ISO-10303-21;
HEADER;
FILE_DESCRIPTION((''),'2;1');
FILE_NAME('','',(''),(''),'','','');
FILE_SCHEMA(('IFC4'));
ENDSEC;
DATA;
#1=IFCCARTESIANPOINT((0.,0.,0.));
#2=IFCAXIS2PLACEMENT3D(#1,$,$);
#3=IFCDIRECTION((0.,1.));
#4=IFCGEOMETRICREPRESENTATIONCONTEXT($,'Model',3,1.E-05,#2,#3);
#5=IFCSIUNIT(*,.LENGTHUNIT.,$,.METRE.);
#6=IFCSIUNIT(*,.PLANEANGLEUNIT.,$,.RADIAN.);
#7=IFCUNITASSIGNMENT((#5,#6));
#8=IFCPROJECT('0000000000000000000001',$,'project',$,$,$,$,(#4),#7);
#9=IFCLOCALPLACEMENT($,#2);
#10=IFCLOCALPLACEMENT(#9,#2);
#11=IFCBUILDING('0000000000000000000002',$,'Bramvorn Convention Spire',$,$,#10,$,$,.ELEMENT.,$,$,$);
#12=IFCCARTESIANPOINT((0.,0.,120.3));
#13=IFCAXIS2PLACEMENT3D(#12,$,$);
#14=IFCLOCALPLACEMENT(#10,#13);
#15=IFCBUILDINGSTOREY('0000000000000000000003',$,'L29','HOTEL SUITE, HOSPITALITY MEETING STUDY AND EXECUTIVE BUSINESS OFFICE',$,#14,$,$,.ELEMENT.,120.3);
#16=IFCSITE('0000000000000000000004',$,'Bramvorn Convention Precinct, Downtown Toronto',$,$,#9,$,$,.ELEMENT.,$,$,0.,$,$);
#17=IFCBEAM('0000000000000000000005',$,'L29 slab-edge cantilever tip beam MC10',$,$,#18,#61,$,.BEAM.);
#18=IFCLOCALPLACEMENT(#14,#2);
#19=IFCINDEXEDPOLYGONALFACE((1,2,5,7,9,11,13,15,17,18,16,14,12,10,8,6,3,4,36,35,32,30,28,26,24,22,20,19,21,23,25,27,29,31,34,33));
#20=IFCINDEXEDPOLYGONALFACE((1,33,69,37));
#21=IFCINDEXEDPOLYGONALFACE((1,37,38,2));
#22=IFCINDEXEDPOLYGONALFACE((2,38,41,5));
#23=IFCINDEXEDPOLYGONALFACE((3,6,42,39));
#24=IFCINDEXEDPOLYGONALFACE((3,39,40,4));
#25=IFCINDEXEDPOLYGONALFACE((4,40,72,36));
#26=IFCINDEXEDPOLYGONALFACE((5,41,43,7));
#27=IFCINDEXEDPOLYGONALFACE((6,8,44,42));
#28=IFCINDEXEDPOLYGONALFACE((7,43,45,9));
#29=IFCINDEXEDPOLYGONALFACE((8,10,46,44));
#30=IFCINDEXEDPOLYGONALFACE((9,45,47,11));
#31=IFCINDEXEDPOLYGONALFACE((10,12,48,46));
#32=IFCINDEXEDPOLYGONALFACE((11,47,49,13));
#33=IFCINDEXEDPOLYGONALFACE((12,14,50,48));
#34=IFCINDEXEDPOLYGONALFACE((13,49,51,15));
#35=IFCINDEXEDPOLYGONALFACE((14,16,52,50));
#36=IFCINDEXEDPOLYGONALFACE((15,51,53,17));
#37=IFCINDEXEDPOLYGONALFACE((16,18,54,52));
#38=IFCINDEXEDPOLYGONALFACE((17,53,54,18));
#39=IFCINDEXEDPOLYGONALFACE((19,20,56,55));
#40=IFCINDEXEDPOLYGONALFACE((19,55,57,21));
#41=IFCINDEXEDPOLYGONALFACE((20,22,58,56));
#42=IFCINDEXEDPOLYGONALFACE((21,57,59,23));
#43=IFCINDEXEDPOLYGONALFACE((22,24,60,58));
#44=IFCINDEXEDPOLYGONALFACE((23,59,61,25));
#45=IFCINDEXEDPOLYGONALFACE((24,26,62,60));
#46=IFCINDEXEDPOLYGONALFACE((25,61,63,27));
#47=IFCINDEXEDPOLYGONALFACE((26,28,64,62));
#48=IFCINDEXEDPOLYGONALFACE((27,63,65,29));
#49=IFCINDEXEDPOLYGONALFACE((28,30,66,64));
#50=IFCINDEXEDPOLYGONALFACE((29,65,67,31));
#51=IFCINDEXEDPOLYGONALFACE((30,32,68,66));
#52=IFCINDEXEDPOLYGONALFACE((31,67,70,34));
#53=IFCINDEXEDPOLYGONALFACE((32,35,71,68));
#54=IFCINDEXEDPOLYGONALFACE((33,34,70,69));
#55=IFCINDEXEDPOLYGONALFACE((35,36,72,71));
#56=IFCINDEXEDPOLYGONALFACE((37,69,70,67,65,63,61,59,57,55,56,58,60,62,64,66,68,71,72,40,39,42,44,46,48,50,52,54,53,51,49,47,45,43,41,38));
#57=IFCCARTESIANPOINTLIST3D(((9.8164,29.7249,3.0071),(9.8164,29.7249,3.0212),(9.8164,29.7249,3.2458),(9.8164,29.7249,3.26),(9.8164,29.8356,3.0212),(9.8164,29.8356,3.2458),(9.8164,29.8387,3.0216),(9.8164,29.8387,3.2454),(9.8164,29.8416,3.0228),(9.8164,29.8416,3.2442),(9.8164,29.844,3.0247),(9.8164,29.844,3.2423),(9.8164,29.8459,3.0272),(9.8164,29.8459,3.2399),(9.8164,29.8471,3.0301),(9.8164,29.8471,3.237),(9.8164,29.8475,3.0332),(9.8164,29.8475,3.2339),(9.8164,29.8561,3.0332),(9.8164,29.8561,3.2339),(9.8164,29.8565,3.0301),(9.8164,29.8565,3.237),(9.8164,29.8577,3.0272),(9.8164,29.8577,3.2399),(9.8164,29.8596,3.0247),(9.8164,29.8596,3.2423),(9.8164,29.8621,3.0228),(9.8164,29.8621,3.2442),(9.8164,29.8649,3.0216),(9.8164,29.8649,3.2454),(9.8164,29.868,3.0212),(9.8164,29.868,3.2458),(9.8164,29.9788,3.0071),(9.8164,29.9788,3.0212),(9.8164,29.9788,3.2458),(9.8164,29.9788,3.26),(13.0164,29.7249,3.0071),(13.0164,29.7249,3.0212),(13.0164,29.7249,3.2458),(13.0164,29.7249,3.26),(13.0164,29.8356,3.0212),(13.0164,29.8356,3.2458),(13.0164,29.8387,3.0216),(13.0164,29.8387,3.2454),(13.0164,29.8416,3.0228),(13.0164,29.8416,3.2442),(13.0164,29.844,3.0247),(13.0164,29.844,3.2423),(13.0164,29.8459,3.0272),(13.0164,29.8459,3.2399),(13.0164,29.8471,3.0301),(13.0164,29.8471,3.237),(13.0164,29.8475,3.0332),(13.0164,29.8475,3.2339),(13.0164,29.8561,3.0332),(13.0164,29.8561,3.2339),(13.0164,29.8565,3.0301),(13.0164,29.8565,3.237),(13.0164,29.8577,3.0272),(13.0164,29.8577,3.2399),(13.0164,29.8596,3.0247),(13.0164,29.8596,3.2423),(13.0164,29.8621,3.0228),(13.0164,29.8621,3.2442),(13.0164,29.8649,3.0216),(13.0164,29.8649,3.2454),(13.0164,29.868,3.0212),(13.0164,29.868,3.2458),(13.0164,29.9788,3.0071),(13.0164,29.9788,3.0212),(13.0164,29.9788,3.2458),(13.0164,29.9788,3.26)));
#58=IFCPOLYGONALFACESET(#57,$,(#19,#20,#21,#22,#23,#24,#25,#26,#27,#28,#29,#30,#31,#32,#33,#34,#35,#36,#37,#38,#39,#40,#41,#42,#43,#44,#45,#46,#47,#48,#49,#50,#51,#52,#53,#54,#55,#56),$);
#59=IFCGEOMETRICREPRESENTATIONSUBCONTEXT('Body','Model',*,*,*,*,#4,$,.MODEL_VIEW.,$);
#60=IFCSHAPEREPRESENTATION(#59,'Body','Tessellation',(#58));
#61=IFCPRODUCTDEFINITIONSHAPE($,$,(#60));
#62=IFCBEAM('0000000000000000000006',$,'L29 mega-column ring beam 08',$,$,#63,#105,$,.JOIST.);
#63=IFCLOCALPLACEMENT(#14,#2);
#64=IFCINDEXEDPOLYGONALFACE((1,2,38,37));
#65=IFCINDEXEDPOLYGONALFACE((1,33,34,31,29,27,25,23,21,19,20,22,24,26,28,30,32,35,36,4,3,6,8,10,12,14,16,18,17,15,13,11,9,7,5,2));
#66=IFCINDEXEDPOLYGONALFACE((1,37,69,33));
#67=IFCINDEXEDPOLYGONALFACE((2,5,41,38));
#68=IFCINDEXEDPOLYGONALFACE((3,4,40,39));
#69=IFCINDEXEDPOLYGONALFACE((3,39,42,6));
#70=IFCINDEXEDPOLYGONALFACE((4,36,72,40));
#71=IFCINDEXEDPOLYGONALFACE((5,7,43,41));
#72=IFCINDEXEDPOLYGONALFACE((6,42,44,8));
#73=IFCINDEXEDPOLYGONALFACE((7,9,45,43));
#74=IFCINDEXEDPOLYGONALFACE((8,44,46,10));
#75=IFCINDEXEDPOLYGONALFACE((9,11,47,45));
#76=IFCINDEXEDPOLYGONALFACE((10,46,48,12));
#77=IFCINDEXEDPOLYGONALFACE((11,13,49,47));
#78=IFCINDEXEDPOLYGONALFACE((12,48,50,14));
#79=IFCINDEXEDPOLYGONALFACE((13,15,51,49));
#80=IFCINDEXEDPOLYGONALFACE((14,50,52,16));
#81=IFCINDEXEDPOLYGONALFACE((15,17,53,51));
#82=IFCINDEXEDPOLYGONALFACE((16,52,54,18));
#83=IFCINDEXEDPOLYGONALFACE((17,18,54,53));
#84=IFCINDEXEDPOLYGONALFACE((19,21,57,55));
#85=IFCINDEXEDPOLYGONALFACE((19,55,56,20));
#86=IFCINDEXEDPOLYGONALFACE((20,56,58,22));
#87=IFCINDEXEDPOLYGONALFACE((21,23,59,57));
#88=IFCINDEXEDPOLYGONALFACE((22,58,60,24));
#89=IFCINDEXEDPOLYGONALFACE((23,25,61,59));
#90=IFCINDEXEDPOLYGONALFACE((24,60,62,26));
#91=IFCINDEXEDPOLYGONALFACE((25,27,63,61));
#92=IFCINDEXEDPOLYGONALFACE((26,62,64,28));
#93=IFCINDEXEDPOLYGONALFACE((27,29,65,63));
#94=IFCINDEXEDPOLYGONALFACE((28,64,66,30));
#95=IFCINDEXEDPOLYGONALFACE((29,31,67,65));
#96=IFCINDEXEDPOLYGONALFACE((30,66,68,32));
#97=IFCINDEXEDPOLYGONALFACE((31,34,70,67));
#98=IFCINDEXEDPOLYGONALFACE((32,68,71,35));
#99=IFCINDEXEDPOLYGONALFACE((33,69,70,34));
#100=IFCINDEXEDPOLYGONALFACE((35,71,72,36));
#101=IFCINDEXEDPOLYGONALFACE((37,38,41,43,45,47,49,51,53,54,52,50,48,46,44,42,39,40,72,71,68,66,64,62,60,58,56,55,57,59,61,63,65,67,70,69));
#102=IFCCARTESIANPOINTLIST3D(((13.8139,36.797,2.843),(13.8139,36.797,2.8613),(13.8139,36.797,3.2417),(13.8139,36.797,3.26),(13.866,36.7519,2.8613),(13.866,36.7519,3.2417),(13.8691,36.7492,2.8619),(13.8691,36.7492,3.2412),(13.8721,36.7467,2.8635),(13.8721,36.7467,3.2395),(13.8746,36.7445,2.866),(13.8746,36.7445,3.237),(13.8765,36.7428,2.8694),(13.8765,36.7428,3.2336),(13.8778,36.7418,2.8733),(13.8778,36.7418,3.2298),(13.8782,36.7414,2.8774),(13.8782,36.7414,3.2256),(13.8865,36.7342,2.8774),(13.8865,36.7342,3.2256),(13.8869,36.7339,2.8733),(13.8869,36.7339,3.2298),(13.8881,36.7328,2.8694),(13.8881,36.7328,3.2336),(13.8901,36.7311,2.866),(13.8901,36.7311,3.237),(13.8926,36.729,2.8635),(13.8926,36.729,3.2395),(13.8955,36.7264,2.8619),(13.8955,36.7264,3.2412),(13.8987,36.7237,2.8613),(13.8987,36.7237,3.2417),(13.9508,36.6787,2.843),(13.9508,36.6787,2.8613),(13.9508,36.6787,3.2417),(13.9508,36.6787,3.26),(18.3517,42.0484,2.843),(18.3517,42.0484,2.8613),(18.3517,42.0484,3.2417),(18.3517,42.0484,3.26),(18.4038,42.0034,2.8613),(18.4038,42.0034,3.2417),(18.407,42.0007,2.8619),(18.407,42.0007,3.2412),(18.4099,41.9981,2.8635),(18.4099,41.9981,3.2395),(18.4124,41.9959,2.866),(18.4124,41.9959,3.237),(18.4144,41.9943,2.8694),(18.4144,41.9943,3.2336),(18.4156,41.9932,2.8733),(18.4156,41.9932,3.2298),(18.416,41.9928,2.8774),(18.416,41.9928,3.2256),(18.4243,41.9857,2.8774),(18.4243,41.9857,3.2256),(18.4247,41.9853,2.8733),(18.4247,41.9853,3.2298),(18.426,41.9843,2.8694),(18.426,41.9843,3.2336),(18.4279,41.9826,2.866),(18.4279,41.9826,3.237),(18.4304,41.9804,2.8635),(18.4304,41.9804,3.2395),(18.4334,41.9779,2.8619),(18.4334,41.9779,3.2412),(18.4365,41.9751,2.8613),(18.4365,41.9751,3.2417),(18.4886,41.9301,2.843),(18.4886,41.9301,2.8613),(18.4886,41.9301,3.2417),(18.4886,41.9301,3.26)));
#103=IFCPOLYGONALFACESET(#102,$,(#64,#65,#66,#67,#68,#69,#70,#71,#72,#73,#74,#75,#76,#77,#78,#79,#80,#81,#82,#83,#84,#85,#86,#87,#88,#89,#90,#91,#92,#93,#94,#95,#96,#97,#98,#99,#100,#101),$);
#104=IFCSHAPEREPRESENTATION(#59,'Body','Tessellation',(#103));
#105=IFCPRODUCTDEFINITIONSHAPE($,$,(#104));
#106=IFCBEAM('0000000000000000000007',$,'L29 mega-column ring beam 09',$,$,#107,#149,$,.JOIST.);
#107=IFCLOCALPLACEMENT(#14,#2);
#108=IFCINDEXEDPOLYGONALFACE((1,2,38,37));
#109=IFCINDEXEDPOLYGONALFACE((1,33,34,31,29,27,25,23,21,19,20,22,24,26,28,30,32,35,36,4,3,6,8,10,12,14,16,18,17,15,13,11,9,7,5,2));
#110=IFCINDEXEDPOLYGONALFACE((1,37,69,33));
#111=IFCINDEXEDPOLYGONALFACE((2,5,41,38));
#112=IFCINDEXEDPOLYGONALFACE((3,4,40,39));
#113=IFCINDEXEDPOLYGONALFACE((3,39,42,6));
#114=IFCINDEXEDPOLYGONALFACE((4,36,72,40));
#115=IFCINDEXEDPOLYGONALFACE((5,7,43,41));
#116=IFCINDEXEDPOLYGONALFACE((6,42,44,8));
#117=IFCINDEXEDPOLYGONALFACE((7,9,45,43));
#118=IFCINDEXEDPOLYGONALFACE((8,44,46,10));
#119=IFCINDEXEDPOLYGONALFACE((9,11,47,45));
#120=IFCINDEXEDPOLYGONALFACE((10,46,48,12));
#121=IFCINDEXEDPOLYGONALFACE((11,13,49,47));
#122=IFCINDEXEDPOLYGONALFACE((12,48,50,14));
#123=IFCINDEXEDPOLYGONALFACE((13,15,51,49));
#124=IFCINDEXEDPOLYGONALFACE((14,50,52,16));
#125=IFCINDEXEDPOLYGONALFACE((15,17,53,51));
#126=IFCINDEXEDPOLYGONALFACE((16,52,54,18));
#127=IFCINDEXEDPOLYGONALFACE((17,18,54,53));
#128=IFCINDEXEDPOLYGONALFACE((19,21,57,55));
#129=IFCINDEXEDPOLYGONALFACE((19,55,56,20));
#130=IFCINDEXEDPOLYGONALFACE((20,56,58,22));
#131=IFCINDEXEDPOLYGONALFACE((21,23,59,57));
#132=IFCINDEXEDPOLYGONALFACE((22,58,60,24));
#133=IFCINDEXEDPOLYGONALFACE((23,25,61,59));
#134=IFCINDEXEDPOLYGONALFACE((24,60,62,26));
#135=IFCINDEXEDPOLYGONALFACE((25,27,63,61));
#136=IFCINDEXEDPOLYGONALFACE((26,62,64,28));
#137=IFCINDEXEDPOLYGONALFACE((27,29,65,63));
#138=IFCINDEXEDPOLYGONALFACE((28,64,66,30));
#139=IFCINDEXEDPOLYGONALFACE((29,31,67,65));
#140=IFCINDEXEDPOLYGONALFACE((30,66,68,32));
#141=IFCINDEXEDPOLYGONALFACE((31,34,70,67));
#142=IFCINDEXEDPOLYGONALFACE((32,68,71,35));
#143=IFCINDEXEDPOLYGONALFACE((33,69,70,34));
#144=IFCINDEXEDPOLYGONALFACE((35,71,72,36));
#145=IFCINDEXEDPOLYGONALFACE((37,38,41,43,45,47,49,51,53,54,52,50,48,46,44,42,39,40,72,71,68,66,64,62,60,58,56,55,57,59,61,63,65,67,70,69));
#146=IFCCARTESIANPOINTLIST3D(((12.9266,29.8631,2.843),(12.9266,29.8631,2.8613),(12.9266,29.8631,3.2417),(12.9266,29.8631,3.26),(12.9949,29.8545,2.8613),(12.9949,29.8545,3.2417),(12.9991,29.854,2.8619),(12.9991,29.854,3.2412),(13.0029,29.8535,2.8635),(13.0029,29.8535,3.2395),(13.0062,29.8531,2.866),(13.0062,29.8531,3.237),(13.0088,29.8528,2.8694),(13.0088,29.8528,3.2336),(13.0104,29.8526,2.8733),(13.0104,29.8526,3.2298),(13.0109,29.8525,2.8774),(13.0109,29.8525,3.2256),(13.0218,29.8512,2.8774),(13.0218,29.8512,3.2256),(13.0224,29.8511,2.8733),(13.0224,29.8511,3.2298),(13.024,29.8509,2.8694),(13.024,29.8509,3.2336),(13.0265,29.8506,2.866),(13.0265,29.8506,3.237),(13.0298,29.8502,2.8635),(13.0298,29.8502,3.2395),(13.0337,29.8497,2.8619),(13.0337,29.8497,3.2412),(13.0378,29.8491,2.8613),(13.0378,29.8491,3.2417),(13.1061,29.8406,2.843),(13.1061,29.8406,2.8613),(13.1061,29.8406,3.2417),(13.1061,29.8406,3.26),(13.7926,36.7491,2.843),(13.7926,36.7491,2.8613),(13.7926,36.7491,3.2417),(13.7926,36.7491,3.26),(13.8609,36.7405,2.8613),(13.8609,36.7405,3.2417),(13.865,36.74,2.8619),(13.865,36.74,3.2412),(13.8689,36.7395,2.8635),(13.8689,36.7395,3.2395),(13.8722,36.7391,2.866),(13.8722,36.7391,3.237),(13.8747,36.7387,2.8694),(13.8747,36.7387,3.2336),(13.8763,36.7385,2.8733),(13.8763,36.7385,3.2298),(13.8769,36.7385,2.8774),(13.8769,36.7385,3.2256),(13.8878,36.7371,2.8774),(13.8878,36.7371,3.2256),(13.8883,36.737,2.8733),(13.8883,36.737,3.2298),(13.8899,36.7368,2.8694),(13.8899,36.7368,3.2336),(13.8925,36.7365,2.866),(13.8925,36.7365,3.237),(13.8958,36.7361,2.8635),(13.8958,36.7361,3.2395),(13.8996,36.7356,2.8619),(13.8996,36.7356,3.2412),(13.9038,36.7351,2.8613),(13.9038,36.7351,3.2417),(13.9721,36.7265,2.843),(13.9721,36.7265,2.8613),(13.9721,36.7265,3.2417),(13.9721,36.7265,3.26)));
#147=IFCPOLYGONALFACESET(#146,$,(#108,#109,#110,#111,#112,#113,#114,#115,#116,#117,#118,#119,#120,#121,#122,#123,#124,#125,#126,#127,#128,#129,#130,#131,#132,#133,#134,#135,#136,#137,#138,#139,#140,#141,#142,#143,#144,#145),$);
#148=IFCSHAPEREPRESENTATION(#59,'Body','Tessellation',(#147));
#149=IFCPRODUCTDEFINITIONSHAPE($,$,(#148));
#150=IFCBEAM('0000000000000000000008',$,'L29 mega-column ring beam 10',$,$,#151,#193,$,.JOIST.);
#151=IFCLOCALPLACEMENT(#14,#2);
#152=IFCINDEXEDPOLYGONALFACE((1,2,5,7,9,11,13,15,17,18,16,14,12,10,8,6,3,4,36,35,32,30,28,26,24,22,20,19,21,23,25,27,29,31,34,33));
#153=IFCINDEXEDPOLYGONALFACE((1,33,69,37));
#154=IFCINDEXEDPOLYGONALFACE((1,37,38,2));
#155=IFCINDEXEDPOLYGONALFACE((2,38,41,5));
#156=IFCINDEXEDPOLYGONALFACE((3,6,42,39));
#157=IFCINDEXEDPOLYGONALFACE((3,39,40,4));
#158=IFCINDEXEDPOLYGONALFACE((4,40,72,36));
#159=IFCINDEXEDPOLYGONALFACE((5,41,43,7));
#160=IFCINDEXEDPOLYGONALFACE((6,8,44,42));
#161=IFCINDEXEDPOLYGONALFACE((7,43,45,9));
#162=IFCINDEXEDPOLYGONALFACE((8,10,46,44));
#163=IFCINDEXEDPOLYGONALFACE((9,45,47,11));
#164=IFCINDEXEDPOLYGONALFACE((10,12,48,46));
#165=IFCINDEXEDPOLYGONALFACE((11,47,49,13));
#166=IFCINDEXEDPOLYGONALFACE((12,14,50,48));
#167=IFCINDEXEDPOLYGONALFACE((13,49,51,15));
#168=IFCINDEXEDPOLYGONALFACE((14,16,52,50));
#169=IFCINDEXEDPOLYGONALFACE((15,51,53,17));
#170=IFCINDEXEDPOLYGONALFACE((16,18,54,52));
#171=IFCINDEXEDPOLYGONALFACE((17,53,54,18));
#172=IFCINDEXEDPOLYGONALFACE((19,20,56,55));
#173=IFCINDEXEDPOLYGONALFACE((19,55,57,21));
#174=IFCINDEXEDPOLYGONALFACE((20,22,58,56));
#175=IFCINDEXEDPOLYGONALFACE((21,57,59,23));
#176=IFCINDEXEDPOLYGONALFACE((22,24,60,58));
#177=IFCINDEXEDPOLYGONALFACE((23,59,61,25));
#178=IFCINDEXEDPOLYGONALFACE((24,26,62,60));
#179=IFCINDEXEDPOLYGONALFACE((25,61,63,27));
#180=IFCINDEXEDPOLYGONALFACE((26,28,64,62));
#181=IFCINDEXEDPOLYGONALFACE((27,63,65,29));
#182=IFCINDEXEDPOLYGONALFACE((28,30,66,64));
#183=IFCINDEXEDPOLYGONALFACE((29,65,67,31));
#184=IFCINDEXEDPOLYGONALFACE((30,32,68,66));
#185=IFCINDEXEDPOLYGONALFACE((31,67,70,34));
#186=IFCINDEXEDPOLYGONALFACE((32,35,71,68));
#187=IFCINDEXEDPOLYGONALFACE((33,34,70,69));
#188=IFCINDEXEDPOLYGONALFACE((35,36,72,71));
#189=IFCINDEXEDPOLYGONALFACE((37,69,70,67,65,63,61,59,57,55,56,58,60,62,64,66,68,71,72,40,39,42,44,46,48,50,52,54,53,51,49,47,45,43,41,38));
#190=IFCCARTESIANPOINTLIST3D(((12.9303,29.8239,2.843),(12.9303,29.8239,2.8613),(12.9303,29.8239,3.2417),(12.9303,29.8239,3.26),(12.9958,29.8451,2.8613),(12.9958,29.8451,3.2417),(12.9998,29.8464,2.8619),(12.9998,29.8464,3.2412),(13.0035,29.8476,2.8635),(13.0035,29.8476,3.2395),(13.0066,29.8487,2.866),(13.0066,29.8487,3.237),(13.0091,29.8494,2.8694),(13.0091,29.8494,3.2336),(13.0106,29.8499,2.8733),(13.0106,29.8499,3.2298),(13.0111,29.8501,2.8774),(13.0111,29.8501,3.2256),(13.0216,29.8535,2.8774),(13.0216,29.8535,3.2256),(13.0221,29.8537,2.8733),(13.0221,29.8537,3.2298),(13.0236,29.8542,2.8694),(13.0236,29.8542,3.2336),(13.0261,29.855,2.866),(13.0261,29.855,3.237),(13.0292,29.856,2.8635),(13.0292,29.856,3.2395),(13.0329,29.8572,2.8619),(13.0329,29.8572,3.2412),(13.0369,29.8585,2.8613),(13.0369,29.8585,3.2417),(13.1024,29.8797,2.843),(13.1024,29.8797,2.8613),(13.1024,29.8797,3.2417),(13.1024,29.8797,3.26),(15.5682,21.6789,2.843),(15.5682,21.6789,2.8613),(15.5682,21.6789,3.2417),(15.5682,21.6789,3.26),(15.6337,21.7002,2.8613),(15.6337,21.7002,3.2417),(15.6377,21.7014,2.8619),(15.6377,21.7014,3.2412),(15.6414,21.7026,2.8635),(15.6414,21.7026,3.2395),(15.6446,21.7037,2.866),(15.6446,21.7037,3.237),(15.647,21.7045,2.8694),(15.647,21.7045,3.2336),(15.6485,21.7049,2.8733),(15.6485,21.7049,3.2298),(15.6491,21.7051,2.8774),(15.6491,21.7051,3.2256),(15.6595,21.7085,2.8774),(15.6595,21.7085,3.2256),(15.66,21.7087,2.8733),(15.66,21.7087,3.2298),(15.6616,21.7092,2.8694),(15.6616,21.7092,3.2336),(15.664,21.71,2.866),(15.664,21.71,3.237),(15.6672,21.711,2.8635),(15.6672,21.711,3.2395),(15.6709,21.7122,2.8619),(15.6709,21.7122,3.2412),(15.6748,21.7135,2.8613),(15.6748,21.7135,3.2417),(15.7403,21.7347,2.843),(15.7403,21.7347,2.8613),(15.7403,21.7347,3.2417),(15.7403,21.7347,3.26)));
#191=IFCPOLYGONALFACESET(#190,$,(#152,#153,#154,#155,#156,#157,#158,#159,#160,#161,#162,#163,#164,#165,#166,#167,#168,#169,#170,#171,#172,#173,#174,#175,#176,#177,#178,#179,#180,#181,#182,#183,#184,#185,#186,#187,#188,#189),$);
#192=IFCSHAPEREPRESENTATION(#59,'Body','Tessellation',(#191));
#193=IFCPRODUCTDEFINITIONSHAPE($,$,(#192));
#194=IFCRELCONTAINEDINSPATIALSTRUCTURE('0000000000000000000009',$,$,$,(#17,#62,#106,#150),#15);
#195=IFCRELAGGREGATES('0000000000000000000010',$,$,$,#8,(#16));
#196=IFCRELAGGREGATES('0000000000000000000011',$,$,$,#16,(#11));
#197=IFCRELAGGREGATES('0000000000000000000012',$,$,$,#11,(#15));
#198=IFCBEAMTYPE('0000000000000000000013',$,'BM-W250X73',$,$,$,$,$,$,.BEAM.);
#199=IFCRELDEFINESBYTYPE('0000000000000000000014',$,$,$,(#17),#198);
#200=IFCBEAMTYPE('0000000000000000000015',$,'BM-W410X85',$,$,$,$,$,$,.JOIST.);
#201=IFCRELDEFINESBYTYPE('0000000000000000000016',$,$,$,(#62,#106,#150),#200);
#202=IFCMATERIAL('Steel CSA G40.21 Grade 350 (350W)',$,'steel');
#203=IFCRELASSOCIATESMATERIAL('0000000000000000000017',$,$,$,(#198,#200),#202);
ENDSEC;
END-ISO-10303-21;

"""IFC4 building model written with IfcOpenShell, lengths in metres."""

from ifc_helpers import new_model, si_unit, direction, frame, origin, origin_2d, place, context, subcontext, project, spatial, i_section, extrude, material, material_profile, profile_set, type_object, element, save


model = new_model("IFC4")

# Units and contexts
model_context = context("Model", 3, precision=1e-05, world=origin(), true_north=direction((0.0, 1.0)))
body_context = subcontext(model_context, "Body", "Model", "MODEL_VIEW")
ifc_project = project(units=[si_unit("LENGTHUNIT", "METRE"), si_unit("PLANEANGLEUNIT", "RADIAN")], contexts=[model_context])

# Site, building, storey
site_placement = place(None, origin())
site = spatial("IfcSite", under=ifc_project, at=site_placement, Name="Bramvorn Convention Precinct, Downtown Toronto", CompositionType="ELEMENT", RefElevation=0.0)
building_placement = place(site_placement, origin())
building = spatial("IfcBuilding", under=site, at=building_placement, Name="Bramvorn Convention Spire", CompositionType="ELEMENT")
storey_placement = place(building_placement, frame((0.0, 0.0, 120.3)))
storey = spatial("IfcBuildingStorey", under=building, at=storey_placement, Name="L29", Description="HOTEL SUITE, HOSPITALITY MEETING STUDY AND EXECUTIVE BUSINESS OFFICE", CompositionType="ELEMENT", Elevation=120.3)

# Shared definitions
ifc_material_1 = material(Name="Steel CSA G40.21 Grade 350 (350W)", Category="steel")

# Beams
ifc_material_profile_1 = material_profile(ifc_material_1, i_section(OverallWidth=0.2539, OverallDepth=0.2529, WebThickness=0.0085, FlangeThickness=0.0142, FilletRadius=0.012, at=origin_2d()))
ifc_profile_set_1 = profile_set([ifc_material_profile_1], Name="Steel CSA G40.21 Grade 350 (350W) - W250X73")
beam_type_1 = type_object("IfcBeamType", Name="BM-W250X73", PredefinedType="BEAM", material=ifc_profile_set_1)
for number, where, z_axis, x_axis, name in (
    (1, (13.0164, 29.8518, 3.1335), (-1.0, 0.0, 0.0), (0.0, -1.0, 0.0), "L29 slab-edge cantilever tip beam MC10"),
):
    element("IfcBeam", number, at=place(storey_placement, frame(where, z_axis=z_axis, x_axis=x_axis)), inside=storey, type_object=beam_type_1, Name=name, PredefinedType="BEAM", context=body_context, shape_type="SweptSolid", body=[
        extrude(i_section(OverallWidth=0.2539, OverallDepth=0.2529, WebThickness=0.0085, FlangeThickness=0.0142, FilletRadius=0.012, at=origin_2d()), origin(), (0.0, 0.0, 1.0), 3.2),
    ])
ifc_material_profile_2 = material_profile(ifc_material_1, i_section(OverallWidth=0.1809, OverallDepth=0.417, WebThickness=0.011, FlangeThickness=0.0183, FilletRadius=0.0161, at=origin_2d()))
ifc_profile_set_2 = profile_set([ifc_material_profile_2], Name="Steel CSA G40.21 Grade 350 (350W) - W410X85")
beam_type_2 = type_object("IfcBeamType", Name="BM-W410X85", PredefinedType="JOIST", material=ifc_profile_set_2)
beam_1_placement = place(storey_placement, frame((18.4202, 41.9893, 3.0515), z_axis=(-0.653825, -0.756646, 0.0), x_axis=(0.756646, -0.653825, 0.0)))
element("IfcBeam", 2, at=beam_1_placement, inside=storey, type_object=beam_type_2, Name="L29 mega-column ring beam 08", PredefinedType="JOIST", context=body_context, shape_type="SweptSolid", body=[
    extrude(i_section(OverallWidth=0.1809, OverallDepth=0.417, WebThickness=0.011, FlangeThickness=0.0183, FilletRadius=0.0161, at=origin_2d()), origin(), (0.0, 0.0, 1.0), 6.9404),
])
beam_2_placement = place(storey_placement, frame((13.8823, 36.7378, 3.0515), z_axis=(-0.124775, -0.992185, 0.0), x_axis=(0.992185, -0.124775, 0.0)))
element("IfcBeam", 3, at=beam_2_placement, inside=storey, type_object=beam_type_2, Name="L29 mega-column ring beam 09", PredefinedType="JOIST", context=body_context, shape_type="SweptSolid", body=[
    extrude(i_section(OverallWidth=0.1809, OverallDepth=0.417, WebThickness=0.011, FlangeThickness=0.0183, FilletRadius=0.0161, at=origin_2d()), origin(), (0.0, 0.0, 1.0), 6.9402),
])
beam_3_placement = place(storey_placement, frame((13.0164, 29.8518, 3.0515), z_axis=(0.308115, -0.951349, 0.0), x_axis=(0.951349, 0.308115, 0.0)))
element("IfcBeam", 4, at=beam_3_placement, inside=storey, type_object=beam_type_2, Name="L29 mega-column ring beam 10", PredefinedType="JOIST", context=body_context, shape_type="SweptSolid", body=[
    extrude(i_section(OverallWidth=0.1809, OverallDepth=0.417, WebThickness=0.011, FlangeThickness=0.0183, FilletRadius=0.0161, at=origin_2d()), origin(), (0.0, 0.0, 1.0), 8.5615),
])

save(model, "model.ifc")
